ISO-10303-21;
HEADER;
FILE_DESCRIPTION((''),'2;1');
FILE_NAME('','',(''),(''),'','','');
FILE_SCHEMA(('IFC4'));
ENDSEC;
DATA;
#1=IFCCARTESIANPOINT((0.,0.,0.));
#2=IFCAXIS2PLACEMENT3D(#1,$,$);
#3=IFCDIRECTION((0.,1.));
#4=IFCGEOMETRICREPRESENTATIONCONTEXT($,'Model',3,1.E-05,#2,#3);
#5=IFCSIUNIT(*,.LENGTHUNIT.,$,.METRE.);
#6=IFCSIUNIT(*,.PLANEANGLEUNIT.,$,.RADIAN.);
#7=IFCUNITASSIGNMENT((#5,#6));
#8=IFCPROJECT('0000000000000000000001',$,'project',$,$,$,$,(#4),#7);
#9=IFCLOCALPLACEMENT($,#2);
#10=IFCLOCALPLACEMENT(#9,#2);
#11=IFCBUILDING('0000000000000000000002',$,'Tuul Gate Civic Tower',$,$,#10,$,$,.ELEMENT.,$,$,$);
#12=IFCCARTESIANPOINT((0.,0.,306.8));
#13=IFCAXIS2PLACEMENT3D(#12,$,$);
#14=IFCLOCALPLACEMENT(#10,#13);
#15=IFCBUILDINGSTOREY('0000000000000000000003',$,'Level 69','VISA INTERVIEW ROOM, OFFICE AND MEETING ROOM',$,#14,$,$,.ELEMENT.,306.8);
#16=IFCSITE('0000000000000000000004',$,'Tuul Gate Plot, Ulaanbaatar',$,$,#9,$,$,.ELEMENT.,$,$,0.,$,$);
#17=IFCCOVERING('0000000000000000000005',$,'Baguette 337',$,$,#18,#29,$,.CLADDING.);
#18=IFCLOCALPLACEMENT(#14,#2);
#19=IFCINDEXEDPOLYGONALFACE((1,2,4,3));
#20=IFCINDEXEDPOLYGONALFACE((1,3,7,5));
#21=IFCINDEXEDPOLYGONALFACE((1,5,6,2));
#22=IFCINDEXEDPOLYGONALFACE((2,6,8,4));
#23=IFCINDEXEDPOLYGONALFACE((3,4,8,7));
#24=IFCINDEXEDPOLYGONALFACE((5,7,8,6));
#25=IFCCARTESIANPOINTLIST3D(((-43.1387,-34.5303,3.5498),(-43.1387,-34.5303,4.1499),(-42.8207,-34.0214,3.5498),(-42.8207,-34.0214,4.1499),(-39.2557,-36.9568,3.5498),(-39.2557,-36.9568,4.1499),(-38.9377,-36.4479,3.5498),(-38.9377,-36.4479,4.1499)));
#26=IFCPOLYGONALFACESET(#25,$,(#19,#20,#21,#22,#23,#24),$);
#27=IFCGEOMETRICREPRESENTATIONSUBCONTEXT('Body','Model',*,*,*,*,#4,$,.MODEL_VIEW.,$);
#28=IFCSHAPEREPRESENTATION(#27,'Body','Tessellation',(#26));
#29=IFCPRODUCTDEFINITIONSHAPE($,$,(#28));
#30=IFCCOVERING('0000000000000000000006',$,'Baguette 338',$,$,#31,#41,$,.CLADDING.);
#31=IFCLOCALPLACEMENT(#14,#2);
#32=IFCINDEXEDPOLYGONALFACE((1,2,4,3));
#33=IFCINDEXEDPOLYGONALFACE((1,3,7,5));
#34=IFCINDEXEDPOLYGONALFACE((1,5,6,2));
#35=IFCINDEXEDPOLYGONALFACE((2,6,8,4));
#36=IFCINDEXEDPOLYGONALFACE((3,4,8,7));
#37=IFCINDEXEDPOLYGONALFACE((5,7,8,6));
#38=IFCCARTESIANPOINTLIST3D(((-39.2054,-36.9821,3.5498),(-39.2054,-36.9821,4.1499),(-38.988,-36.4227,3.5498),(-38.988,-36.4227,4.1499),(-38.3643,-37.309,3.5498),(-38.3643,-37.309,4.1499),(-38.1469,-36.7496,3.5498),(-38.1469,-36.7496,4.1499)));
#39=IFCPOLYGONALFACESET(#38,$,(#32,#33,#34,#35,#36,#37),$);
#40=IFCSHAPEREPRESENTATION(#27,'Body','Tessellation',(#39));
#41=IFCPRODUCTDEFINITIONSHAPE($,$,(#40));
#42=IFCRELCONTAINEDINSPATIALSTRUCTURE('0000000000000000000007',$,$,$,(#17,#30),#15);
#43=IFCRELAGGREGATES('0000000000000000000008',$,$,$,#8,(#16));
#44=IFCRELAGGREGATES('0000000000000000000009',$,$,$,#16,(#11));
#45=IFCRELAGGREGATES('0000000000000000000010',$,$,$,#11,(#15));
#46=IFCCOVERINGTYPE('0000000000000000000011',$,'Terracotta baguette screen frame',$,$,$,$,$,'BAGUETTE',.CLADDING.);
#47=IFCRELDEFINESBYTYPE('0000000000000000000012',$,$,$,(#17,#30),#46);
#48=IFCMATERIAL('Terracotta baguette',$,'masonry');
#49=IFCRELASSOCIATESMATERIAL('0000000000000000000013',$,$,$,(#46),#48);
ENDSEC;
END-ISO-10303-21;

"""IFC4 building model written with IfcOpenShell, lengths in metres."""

from ifc_helpers import new_model, si_unit, direction, frame, origin, origin_2d, place, context, subcontext, project, spatial, rectangle, extrude, material, material_profile, profile_set, type_object, element, save


model = new_model("IFC4")

# Units and contexts
model_context = context("Model", 3, precision=1e-05, world=origin(), true_north=direction((0.0, 1.0)))
body_context = subcontext(model_context, "Body", "Model", "MODEL_VIEW")
ifc_project = project(units=[si_unit("LENGTHUNIT", "METRE"), si_unit("PLANEANGLEUNIT", "RADIAN")], contexts=[model_context])

# Site, building, storey
site_placement = place(None, origin())
site = spatial("IfcSite", under=ifc_project, at=site_placement, Name="Tuul Gate Plot, Ulaanbaatar", CompositionType="ELEMENT", RefElevation=0.0)
building_placement = place(site_placement, origin())
building = spatial("IfcBuilding", under=site, at=building_placement, Name="Tuul Gate Civic Tower", CompositionType="ELEMENT")
storey_placement = place(building_placement, frame((0.0, 0.0, 306.8)))
storey = spatial("IfcBuildingStorey", under=building, at=storey_placement, Name="Level 69", Description="VISA INTERVIEW ROOM, OFFICE AND MEETING ROOM", CompositionType="ELEMENT", Elevation=306.8)

# Coverings
ifc_material_1 = material(Name="Terracotta baguette", Category="masonry")
ifc_material_profile_1 = material_profile(ifc_material_1, rectangle(XDim=0.6001, YDim=0.6001, at=origin_2d()), Name="Terracotta baguette screen frame")
ifc_profile_set_1 = profile_set([ifc_material_profile_1], Name="Terracotta baguette")
covering_type = type_object("IfcCoveringType", Name="Terracotta baguette screen frame", ElementType="BAGUETTE", PredefinedType="CLADDING", material=ifc_profile_set_1)
covering_1_placement = place(storey_placement, frame((-42.9797, -34.2759, 3.8499), z_axis=(0.848037, -0.529937, 0.0), x_axis=(0.529937, 0.848037, 0.0)))
element("IfcCovering", 1, at=covering_1_placement, inside=storey, type_object=covering_type, Name="Baguette 337", PredefinedType="CLADDING", context=body_context, shape_type="SweptSolid", body=[
    extrude(rectangle(XDim=0.6001, YDim=0.6001, at=origin_2d()), origin(), (0.0, 0.0, 1.0), 4.5789),
])
covering_2_placement = place(storey_placement, frame((-39.0967, -36.7024, 3.8499), z_axis=(0.932071, -0.362277, 0.0), x_axis=(0.362277, 0.932071, 0.0)))
element("IfcCovering", 2, at=covering_2_placement, inside=storey, type_object=covering_type, Name="Baguette 338", PredefinedType="CLADDING", context=body_context, shape_type="SweptSolid", body=[
    extrude(rectangle(XDim=0.6001, YDim=0.6001, at=origin_2d()), origin(), (0.0, 0.0, 1.0), 0.9023),
])

save(model, "model.ifc")
